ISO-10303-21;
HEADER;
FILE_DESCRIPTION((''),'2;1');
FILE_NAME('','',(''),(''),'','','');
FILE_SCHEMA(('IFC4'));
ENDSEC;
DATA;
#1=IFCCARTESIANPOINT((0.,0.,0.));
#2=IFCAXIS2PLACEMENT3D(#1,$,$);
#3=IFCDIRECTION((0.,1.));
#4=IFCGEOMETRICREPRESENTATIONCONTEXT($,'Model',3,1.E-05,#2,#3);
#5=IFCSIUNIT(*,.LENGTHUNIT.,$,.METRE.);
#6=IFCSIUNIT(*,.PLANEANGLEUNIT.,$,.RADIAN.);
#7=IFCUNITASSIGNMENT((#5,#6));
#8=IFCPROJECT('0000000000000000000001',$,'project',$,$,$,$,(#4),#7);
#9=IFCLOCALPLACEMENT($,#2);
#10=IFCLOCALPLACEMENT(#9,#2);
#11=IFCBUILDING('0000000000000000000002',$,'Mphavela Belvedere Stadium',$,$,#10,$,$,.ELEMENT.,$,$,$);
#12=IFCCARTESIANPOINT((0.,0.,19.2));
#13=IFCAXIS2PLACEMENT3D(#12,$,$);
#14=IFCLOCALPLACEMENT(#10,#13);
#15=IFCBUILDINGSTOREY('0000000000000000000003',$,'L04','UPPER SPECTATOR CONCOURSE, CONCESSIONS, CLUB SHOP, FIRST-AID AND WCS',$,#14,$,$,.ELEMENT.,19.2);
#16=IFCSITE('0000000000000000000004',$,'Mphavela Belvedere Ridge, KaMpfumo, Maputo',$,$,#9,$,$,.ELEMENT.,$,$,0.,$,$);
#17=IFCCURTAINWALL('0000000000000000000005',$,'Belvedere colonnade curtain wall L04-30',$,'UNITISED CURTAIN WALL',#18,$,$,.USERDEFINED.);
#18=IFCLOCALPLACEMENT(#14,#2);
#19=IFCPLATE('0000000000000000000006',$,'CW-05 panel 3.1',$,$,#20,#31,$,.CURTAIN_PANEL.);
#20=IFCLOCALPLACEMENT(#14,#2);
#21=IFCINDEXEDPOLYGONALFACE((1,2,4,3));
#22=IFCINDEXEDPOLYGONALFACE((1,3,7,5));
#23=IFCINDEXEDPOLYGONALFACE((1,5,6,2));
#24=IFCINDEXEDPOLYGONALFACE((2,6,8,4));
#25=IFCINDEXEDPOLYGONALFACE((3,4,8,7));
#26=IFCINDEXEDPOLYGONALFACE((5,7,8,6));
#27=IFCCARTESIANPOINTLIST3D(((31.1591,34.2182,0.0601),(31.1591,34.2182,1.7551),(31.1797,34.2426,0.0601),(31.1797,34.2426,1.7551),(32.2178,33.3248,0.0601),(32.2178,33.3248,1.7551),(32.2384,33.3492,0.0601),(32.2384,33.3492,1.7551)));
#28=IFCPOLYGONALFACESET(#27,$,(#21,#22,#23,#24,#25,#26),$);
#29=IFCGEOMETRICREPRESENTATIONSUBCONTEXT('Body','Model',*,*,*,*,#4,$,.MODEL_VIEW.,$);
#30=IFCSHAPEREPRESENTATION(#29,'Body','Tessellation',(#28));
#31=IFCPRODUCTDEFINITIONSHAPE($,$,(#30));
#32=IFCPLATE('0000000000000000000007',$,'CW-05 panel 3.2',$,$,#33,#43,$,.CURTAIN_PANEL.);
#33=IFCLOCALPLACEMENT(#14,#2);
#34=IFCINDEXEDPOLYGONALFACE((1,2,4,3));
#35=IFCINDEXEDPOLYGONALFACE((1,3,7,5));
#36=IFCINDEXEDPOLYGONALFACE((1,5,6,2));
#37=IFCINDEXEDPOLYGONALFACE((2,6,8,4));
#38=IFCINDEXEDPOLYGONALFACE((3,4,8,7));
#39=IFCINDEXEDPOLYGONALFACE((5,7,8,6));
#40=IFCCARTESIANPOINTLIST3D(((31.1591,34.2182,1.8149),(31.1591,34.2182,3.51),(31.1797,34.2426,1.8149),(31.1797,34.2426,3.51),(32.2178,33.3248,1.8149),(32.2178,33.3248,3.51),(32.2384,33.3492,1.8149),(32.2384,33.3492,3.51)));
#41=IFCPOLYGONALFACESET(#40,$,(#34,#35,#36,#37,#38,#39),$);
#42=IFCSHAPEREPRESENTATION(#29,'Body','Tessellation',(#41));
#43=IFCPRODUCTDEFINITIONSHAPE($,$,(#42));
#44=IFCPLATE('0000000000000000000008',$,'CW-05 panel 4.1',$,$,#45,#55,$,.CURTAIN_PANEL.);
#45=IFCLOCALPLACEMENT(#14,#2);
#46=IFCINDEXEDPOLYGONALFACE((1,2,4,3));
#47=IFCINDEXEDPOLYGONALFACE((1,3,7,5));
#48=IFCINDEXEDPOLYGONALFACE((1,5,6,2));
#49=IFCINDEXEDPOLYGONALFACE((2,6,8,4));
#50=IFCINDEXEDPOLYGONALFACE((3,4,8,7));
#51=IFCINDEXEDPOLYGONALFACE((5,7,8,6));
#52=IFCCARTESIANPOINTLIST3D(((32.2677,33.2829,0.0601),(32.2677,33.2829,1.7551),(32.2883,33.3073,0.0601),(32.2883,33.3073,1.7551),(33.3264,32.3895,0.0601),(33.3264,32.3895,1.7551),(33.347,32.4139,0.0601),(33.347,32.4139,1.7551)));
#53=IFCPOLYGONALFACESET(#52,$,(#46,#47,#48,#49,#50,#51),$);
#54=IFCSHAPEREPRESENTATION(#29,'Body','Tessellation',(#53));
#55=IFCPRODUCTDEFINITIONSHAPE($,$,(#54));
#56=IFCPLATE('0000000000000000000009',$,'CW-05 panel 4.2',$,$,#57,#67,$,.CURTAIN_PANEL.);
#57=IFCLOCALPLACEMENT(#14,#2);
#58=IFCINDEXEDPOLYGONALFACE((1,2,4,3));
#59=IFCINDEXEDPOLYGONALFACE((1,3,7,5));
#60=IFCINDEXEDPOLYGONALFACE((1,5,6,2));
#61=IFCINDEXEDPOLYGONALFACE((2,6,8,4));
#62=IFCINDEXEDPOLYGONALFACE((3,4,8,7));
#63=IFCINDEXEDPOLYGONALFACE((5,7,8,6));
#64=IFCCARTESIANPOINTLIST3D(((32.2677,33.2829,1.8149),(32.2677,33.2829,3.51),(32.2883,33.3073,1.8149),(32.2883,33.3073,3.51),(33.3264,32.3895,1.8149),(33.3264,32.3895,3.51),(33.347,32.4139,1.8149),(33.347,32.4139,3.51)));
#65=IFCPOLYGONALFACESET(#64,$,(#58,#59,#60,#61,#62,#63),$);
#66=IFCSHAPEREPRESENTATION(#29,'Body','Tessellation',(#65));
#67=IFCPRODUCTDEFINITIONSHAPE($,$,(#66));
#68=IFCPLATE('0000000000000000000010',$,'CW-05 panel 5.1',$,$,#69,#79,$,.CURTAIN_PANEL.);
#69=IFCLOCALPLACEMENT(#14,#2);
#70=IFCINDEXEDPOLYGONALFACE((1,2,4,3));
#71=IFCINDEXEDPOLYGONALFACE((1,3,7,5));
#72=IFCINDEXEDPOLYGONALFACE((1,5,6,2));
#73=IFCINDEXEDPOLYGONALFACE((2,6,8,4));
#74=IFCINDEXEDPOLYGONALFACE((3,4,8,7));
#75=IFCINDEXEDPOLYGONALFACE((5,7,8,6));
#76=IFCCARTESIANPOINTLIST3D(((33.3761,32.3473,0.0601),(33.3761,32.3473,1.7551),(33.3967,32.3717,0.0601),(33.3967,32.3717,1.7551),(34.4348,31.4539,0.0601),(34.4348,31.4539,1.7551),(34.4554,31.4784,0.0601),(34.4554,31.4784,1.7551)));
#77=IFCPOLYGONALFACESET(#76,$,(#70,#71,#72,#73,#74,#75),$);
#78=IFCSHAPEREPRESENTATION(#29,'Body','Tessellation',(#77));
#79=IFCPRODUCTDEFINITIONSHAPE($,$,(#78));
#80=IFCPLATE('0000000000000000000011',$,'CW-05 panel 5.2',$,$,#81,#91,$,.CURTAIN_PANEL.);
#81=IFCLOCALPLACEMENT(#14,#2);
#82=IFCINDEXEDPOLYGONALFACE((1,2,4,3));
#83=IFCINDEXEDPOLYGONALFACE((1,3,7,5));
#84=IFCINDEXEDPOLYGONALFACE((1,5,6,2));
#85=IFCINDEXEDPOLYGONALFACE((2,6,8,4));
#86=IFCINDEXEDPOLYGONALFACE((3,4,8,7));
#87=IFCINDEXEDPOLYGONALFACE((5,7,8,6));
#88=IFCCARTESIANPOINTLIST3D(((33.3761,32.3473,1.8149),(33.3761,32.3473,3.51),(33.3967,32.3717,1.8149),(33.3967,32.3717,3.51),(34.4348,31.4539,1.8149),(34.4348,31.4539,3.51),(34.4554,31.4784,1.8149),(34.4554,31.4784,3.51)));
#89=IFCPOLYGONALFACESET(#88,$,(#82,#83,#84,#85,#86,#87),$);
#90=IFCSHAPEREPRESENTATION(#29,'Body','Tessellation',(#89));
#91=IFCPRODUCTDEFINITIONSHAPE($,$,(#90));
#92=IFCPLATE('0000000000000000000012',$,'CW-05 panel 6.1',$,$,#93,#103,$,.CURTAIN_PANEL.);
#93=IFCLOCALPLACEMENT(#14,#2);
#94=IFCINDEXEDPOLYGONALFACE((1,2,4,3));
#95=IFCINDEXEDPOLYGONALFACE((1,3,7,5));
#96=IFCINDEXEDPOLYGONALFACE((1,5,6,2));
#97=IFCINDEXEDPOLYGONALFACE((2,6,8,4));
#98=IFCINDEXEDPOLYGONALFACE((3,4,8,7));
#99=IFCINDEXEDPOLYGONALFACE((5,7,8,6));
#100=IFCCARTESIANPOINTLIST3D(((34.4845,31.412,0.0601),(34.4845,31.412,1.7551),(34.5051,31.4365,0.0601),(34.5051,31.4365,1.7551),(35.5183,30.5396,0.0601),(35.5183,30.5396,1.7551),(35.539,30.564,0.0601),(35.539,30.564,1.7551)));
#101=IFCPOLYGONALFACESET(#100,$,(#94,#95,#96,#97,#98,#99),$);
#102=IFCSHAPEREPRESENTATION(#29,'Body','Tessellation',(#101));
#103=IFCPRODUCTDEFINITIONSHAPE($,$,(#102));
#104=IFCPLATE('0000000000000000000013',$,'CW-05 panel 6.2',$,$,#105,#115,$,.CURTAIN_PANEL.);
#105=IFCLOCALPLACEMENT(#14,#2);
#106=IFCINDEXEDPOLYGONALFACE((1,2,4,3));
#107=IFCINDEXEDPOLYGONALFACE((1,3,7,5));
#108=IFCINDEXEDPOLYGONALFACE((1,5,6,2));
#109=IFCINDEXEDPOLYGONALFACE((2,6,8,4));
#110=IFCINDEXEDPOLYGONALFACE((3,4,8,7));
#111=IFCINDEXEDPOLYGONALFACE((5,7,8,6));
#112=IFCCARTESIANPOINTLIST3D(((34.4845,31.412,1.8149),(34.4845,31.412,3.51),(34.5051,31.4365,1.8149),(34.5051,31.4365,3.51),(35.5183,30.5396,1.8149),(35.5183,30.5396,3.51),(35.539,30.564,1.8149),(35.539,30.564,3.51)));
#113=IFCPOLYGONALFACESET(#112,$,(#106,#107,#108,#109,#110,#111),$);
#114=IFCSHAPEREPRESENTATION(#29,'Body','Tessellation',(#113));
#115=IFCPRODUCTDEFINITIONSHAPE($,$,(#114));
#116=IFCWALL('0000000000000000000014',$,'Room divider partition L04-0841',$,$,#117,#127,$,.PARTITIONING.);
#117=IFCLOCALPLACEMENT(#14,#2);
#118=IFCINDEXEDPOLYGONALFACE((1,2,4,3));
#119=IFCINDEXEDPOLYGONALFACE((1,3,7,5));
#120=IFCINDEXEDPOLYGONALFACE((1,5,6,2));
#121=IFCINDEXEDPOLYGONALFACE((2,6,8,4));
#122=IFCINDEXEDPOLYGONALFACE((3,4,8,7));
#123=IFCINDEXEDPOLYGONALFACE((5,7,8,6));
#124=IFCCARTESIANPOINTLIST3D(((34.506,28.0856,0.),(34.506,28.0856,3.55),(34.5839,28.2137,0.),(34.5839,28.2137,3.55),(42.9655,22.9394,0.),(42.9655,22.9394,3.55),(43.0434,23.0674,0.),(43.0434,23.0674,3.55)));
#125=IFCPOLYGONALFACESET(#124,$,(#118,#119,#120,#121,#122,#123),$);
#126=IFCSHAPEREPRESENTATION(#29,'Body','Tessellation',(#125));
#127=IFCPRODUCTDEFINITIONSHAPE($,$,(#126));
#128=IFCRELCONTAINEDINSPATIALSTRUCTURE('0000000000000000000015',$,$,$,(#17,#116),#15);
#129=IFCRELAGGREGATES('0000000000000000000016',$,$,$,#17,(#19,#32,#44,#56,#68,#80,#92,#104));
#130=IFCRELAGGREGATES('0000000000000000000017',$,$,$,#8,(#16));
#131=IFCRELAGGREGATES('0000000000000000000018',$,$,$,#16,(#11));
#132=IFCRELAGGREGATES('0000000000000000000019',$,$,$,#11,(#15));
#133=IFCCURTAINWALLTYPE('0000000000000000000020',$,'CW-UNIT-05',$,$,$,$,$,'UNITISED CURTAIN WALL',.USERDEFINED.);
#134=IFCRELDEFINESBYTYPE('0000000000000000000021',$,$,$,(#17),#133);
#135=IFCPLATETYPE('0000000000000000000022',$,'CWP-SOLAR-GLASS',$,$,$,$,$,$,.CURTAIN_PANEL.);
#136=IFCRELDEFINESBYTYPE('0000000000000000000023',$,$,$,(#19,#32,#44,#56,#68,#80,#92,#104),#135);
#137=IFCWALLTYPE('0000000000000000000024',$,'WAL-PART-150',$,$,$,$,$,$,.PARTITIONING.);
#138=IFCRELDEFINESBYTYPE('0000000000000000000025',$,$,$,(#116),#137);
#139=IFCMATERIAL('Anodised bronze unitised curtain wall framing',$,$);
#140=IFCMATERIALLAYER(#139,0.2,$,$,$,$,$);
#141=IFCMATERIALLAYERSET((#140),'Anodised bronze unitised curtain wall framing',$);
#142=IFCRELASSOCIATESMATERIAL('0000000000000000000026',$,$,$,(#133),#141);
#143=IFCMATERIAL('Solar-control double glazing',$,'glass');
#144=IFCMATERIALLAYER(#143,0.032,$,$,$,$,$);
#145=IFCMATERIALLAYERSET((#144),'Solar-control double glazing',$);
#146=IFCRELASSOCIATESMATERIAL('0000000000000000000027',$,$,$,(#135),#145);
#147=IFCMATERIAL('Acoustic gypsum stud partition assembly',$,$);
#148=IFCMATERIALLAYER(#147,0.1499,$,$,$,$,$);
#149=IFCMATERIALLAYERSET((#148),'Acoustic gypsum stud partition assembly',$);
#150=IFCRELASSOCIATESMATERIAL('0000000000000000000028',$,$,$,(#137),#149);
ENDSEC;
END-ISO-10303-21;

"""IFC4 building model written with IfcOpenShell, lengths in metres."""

from ifc_helpers import new_model, si_unit, direction, frame, frame_2d, origin, origin_2d, place, context, subcontext, project, spatial, rectangle, extrude, material, layer, layer_set, type_object, element, aggregate, save


model = new_model("IFC4")

# Units and contexts
model_context = context("Model", 3, precision=1e-05, world=origin(), true_north=direction((0.0, 1.0)))
body_context = subcontext(model_context, "Body", "Model", "MODEL_VIEW")
ifc_project = project(units=[si_unit("LENGTHUNIT", "METRE"), si_unit("PLANEANGLEUNIT", "RADIAN")], contexts=[model_context])

# Site, building, storey
site_placement = place(None, origin())
site = spatial("IfcSite", under=ifc_project, at=site_placement, Name="Mphavela Belvedere Ridge, KaMpfumo, Maputo", CompositionType="ELEMENT", RefElevation=0.0)
building_placement = place(site_placement, origin())
building = spatial("IfcBuilding", under=site, at=building_placement, Name="Mphavela Belvedere Stadium", CompositionType="ELEMENT")
storey_placement = place(building_placement, frame((0.0, 0.0, 19.2)))
storey = spatial("IfcBuildingStorey", under=building, at=storey_placement, Name="L04", Description="UPPER SPECTATOR CONCOURSE, CONCESSIONS, CLUB SHOP, FIRST-AID AND WCS", CompositionType="ELEMENT", Elevation=19.2)

# Curtain wall, plates
ifc_material_1 = material(Name="Anodised bronze unitised curtain wall framing")
ifc_layer_1 = layer(ifc_material_1, 0.2)
ifc_layer_set_1 = layer_set([ifc_layer_1], Name="Anodised bronze unitised curtain wall framing")
curtain_wall_type = type_object("IfcCurtainWallType", Name="CW-UNIT-05", ElementType="UNITISED CURTAIN WALL", PredefinedType="USERDEFINED", material=ifc_layer_set_1)
curtain_wall_placement = place(storey_placement, origin())
curtain_wall = element("IfcCurtainWall", 1, at=curtain_wall_placement, inside=storey, type_object=curtain_wall_type, Name="Belvedere colonnade curtain wall L04-30", ObjectType="UNITISED CURTAIN WALL", PredefinedType="USERDEFINED")
ifc_material_2 = material(Name="Solar-control double glazing", Category="glass")
ifc_layer_2 = layer(ifc_material_2, 0.032)
ifc_layer_set_2 = layer_set([ifc_layer_2], Name="Solar-control double glazing")
plate_type = type_object("IfcPlateType", Name="CWP-SOLAR-GLASS", PredefinedType="CURTAIN_PANEL", material=ifc_layer_set_2)
plate_1_placement = place(storey_placement, frame((31.6987, 33.7837, 0.0601), z_axis=(0.0, 0.0, 1.0), x_axis=(0.764253, -0.644916, 0.0)))
plate_1 = element("IfcPlate", 2, at=plate_1_placement, type_object=plate_type, Name="CW-05 panel 3.1", PredefinedType="CURTAIN_PANEL", context=body_context, shape_type="SweptSolid", body=[
    extrude(rectangle(XDim=1.3853, YDim=0.032, at=origin_2d()), origin(), (0.0, 0.0, 1.0), 1.6951),
])
plate_2_placement = place(storey_placement, frame((31.6987, 33.7837, 1.8149), z_axis=(0.0, 0.0, 1.0), x_axis=(0.764253, -0.644916, 0.0)))
plate_2 = element("IfcPlate", 3, at=plate_2_placement, type_object=plate_type, Name="CW-05 panel 3.2", PredefinedType="CURTAIN_PANEL", context=body_context, shape_type="SweptSolid", body=[
    extrude(rectangle(XDim=1.3853, YDim=0.032, at=origin_2d()), origin(), (0.0, 0.0, 1.0), 1.6951),
])
plate_3_placement = place(storey_placement, frame((32.8074, 32.8484, 0.0601), z_axis=(0.0, 0.0, 1.0), x_axis=(0.764253, -0.644916, 0.0)))
plate_3 = element("IfcPlate", 4, at=plate_3_placement, type_object=plate_type, Name="CW-05 panel 4.1", PredefinedType="CURTAIN_PANEL", context=body_context, shape_type="SweptSolid", body=[
    extrude(rectangle(XDim=1.3853, YDim=0.032, at=origin_2d()), origin(), (0.0, 0.0, 1.0), 1.6951),
])
plate_4_placement = place(storey_placement, frame((32.8074, 32.8484, 1.8149), z_axis=(0.0, 0.0, 1.0), x_axis=(0.764253, -0.644916, 0.0)))
plate_4 = element("IfcPlate", 5, at=plate_4_placement, type_object=plate_type, Name="CW-05 panel 4.2", PredefinedType="CURTAIN_PANEL", context=body_context, shape_type="SweptSolid", body=[
    extrude(rectangle(XDim=1.3853, YDim=0.032, at=origin_2d()), origin(), (0.0, 0.0, 1.0), 1.6951),
])
plate_5_placement = place(storey_placement, frame((33.9158, 31.9128, 0.0601), z_axis=(0.0, 0.0, 1.0), x_axis=(0.764253, -0.644916, 0.0)))
plate_5 = element("IfcPlate", 6, at=plate_5_placement, type_object=plate_type, Name="CW-05 panel 5.1", PredefinedType="CURTAIN_PANEL", context=body_context, shape_type="SweptSolid", body=[
    extrude(rectangle(XDim=1.3853, YDim=0.032, at=origin_2d()), origin(), (0.0, 0.0, 1.0), 1.6951),
])
plate_6_placement = place(storey_placement, frame((33.9158, 31.9128, 1.8149), z_axis=(0.0, 0.0, 1.0), x_axis=(0.764253, -0.644916, 0.0)))
plate_6 = element("IfcPlate", 7, at=plate_6_placement, type_object=plate_type, Name="CW-05 panel 5.2", PredefinedType="CURTAIN_PANEL", context=body_context, shape_type="SweptSolid", body=[
    extrude(rectangle(XDim=1.3853, YDim=0.032, at=origin_2d()), origin(), (0.0, 0.0, 1.0), 1.6951),
])
plate_7_placement = place(storey_placement, frame((35.0117, 30.988, 0.0601), z_axis=(0.0, 0.0, 1.0), x_axis=(0.764253, -0.644916, 0.0)))
plate_7 = element("IfcPlate", 8, at=plate_7_placement, type_object=plate_type, Name="CW-05 panel 6.1", PredefinedType="CURTAIN_PANEL", context=body_context, shape_type="SweptSolid", body=[
    extrude(rectangle(XDim=1.3528, YDim=0.032, at=origin_2d()), origin(), (0.0, 0.0, 1.0), 1.6951),
])
plate_8_placement = place(storey_placement, frame((35.0117, 30.988, 1.8149), z_axis=(0.0, 0.0, 1.0), x_axis=(0.764253, -0.644916, 0.0)))
plate_8 = element("IfcPlate", 9, at=plate_8_placement, type_object=plate_type, Name="CW-05 panel 6.2", PredefinedType="CURTAIN_PANEL", context=body_context, shape_type="SweptSolid", body=[
    extrude(rectangle(XDim=1.3528, YDim=0.032, at=origin_2d()), origin(), (0.0, 0.0, 1.0), 1.6951),
])
aggregate(curtain_wall, [plate_1, plate_2, plate_3, plate_4, plate_5, plate_6, plate_7, plate_8])

# Wall
ifc_material_3 = material(Name="Acoustic gypsum stud partition assembly")
ifc_layer_3 = layer(ifc_material_3, 0.1499)
ifc_layer_set_3 = layer_set([ifc_layer_3], Name="Acoustic gypsum stud partition assembly")
wall_type = type_object("IfcWallType", Name="WAL-PART-150", PredefinedType="PARTITIONING", material=ifc_layer_set_3)
wall_placement = place(storey_placement, frame((34.5449, 28.1497, 0.0), z_axis=(0.0, 0.0, 1.0), x_axis=(0.854333, -0.519726, 0.0)))
element("IfcWall", 10, at=wall_placement, inside=storey, type_object=wall_type, Name="Room divider partition L04-0841", PredefinedType="PARTITIONING", context=body_context, shape_type="SweptSolid", body=[
    extrude(rectangle(XDim=9.9019, YDim=0.1499, at=frame_2d((4.9509, 0.0))), origin(), (0.0, 0.0, 1.0), 3.55),
])

save(model, "model.ifc")
